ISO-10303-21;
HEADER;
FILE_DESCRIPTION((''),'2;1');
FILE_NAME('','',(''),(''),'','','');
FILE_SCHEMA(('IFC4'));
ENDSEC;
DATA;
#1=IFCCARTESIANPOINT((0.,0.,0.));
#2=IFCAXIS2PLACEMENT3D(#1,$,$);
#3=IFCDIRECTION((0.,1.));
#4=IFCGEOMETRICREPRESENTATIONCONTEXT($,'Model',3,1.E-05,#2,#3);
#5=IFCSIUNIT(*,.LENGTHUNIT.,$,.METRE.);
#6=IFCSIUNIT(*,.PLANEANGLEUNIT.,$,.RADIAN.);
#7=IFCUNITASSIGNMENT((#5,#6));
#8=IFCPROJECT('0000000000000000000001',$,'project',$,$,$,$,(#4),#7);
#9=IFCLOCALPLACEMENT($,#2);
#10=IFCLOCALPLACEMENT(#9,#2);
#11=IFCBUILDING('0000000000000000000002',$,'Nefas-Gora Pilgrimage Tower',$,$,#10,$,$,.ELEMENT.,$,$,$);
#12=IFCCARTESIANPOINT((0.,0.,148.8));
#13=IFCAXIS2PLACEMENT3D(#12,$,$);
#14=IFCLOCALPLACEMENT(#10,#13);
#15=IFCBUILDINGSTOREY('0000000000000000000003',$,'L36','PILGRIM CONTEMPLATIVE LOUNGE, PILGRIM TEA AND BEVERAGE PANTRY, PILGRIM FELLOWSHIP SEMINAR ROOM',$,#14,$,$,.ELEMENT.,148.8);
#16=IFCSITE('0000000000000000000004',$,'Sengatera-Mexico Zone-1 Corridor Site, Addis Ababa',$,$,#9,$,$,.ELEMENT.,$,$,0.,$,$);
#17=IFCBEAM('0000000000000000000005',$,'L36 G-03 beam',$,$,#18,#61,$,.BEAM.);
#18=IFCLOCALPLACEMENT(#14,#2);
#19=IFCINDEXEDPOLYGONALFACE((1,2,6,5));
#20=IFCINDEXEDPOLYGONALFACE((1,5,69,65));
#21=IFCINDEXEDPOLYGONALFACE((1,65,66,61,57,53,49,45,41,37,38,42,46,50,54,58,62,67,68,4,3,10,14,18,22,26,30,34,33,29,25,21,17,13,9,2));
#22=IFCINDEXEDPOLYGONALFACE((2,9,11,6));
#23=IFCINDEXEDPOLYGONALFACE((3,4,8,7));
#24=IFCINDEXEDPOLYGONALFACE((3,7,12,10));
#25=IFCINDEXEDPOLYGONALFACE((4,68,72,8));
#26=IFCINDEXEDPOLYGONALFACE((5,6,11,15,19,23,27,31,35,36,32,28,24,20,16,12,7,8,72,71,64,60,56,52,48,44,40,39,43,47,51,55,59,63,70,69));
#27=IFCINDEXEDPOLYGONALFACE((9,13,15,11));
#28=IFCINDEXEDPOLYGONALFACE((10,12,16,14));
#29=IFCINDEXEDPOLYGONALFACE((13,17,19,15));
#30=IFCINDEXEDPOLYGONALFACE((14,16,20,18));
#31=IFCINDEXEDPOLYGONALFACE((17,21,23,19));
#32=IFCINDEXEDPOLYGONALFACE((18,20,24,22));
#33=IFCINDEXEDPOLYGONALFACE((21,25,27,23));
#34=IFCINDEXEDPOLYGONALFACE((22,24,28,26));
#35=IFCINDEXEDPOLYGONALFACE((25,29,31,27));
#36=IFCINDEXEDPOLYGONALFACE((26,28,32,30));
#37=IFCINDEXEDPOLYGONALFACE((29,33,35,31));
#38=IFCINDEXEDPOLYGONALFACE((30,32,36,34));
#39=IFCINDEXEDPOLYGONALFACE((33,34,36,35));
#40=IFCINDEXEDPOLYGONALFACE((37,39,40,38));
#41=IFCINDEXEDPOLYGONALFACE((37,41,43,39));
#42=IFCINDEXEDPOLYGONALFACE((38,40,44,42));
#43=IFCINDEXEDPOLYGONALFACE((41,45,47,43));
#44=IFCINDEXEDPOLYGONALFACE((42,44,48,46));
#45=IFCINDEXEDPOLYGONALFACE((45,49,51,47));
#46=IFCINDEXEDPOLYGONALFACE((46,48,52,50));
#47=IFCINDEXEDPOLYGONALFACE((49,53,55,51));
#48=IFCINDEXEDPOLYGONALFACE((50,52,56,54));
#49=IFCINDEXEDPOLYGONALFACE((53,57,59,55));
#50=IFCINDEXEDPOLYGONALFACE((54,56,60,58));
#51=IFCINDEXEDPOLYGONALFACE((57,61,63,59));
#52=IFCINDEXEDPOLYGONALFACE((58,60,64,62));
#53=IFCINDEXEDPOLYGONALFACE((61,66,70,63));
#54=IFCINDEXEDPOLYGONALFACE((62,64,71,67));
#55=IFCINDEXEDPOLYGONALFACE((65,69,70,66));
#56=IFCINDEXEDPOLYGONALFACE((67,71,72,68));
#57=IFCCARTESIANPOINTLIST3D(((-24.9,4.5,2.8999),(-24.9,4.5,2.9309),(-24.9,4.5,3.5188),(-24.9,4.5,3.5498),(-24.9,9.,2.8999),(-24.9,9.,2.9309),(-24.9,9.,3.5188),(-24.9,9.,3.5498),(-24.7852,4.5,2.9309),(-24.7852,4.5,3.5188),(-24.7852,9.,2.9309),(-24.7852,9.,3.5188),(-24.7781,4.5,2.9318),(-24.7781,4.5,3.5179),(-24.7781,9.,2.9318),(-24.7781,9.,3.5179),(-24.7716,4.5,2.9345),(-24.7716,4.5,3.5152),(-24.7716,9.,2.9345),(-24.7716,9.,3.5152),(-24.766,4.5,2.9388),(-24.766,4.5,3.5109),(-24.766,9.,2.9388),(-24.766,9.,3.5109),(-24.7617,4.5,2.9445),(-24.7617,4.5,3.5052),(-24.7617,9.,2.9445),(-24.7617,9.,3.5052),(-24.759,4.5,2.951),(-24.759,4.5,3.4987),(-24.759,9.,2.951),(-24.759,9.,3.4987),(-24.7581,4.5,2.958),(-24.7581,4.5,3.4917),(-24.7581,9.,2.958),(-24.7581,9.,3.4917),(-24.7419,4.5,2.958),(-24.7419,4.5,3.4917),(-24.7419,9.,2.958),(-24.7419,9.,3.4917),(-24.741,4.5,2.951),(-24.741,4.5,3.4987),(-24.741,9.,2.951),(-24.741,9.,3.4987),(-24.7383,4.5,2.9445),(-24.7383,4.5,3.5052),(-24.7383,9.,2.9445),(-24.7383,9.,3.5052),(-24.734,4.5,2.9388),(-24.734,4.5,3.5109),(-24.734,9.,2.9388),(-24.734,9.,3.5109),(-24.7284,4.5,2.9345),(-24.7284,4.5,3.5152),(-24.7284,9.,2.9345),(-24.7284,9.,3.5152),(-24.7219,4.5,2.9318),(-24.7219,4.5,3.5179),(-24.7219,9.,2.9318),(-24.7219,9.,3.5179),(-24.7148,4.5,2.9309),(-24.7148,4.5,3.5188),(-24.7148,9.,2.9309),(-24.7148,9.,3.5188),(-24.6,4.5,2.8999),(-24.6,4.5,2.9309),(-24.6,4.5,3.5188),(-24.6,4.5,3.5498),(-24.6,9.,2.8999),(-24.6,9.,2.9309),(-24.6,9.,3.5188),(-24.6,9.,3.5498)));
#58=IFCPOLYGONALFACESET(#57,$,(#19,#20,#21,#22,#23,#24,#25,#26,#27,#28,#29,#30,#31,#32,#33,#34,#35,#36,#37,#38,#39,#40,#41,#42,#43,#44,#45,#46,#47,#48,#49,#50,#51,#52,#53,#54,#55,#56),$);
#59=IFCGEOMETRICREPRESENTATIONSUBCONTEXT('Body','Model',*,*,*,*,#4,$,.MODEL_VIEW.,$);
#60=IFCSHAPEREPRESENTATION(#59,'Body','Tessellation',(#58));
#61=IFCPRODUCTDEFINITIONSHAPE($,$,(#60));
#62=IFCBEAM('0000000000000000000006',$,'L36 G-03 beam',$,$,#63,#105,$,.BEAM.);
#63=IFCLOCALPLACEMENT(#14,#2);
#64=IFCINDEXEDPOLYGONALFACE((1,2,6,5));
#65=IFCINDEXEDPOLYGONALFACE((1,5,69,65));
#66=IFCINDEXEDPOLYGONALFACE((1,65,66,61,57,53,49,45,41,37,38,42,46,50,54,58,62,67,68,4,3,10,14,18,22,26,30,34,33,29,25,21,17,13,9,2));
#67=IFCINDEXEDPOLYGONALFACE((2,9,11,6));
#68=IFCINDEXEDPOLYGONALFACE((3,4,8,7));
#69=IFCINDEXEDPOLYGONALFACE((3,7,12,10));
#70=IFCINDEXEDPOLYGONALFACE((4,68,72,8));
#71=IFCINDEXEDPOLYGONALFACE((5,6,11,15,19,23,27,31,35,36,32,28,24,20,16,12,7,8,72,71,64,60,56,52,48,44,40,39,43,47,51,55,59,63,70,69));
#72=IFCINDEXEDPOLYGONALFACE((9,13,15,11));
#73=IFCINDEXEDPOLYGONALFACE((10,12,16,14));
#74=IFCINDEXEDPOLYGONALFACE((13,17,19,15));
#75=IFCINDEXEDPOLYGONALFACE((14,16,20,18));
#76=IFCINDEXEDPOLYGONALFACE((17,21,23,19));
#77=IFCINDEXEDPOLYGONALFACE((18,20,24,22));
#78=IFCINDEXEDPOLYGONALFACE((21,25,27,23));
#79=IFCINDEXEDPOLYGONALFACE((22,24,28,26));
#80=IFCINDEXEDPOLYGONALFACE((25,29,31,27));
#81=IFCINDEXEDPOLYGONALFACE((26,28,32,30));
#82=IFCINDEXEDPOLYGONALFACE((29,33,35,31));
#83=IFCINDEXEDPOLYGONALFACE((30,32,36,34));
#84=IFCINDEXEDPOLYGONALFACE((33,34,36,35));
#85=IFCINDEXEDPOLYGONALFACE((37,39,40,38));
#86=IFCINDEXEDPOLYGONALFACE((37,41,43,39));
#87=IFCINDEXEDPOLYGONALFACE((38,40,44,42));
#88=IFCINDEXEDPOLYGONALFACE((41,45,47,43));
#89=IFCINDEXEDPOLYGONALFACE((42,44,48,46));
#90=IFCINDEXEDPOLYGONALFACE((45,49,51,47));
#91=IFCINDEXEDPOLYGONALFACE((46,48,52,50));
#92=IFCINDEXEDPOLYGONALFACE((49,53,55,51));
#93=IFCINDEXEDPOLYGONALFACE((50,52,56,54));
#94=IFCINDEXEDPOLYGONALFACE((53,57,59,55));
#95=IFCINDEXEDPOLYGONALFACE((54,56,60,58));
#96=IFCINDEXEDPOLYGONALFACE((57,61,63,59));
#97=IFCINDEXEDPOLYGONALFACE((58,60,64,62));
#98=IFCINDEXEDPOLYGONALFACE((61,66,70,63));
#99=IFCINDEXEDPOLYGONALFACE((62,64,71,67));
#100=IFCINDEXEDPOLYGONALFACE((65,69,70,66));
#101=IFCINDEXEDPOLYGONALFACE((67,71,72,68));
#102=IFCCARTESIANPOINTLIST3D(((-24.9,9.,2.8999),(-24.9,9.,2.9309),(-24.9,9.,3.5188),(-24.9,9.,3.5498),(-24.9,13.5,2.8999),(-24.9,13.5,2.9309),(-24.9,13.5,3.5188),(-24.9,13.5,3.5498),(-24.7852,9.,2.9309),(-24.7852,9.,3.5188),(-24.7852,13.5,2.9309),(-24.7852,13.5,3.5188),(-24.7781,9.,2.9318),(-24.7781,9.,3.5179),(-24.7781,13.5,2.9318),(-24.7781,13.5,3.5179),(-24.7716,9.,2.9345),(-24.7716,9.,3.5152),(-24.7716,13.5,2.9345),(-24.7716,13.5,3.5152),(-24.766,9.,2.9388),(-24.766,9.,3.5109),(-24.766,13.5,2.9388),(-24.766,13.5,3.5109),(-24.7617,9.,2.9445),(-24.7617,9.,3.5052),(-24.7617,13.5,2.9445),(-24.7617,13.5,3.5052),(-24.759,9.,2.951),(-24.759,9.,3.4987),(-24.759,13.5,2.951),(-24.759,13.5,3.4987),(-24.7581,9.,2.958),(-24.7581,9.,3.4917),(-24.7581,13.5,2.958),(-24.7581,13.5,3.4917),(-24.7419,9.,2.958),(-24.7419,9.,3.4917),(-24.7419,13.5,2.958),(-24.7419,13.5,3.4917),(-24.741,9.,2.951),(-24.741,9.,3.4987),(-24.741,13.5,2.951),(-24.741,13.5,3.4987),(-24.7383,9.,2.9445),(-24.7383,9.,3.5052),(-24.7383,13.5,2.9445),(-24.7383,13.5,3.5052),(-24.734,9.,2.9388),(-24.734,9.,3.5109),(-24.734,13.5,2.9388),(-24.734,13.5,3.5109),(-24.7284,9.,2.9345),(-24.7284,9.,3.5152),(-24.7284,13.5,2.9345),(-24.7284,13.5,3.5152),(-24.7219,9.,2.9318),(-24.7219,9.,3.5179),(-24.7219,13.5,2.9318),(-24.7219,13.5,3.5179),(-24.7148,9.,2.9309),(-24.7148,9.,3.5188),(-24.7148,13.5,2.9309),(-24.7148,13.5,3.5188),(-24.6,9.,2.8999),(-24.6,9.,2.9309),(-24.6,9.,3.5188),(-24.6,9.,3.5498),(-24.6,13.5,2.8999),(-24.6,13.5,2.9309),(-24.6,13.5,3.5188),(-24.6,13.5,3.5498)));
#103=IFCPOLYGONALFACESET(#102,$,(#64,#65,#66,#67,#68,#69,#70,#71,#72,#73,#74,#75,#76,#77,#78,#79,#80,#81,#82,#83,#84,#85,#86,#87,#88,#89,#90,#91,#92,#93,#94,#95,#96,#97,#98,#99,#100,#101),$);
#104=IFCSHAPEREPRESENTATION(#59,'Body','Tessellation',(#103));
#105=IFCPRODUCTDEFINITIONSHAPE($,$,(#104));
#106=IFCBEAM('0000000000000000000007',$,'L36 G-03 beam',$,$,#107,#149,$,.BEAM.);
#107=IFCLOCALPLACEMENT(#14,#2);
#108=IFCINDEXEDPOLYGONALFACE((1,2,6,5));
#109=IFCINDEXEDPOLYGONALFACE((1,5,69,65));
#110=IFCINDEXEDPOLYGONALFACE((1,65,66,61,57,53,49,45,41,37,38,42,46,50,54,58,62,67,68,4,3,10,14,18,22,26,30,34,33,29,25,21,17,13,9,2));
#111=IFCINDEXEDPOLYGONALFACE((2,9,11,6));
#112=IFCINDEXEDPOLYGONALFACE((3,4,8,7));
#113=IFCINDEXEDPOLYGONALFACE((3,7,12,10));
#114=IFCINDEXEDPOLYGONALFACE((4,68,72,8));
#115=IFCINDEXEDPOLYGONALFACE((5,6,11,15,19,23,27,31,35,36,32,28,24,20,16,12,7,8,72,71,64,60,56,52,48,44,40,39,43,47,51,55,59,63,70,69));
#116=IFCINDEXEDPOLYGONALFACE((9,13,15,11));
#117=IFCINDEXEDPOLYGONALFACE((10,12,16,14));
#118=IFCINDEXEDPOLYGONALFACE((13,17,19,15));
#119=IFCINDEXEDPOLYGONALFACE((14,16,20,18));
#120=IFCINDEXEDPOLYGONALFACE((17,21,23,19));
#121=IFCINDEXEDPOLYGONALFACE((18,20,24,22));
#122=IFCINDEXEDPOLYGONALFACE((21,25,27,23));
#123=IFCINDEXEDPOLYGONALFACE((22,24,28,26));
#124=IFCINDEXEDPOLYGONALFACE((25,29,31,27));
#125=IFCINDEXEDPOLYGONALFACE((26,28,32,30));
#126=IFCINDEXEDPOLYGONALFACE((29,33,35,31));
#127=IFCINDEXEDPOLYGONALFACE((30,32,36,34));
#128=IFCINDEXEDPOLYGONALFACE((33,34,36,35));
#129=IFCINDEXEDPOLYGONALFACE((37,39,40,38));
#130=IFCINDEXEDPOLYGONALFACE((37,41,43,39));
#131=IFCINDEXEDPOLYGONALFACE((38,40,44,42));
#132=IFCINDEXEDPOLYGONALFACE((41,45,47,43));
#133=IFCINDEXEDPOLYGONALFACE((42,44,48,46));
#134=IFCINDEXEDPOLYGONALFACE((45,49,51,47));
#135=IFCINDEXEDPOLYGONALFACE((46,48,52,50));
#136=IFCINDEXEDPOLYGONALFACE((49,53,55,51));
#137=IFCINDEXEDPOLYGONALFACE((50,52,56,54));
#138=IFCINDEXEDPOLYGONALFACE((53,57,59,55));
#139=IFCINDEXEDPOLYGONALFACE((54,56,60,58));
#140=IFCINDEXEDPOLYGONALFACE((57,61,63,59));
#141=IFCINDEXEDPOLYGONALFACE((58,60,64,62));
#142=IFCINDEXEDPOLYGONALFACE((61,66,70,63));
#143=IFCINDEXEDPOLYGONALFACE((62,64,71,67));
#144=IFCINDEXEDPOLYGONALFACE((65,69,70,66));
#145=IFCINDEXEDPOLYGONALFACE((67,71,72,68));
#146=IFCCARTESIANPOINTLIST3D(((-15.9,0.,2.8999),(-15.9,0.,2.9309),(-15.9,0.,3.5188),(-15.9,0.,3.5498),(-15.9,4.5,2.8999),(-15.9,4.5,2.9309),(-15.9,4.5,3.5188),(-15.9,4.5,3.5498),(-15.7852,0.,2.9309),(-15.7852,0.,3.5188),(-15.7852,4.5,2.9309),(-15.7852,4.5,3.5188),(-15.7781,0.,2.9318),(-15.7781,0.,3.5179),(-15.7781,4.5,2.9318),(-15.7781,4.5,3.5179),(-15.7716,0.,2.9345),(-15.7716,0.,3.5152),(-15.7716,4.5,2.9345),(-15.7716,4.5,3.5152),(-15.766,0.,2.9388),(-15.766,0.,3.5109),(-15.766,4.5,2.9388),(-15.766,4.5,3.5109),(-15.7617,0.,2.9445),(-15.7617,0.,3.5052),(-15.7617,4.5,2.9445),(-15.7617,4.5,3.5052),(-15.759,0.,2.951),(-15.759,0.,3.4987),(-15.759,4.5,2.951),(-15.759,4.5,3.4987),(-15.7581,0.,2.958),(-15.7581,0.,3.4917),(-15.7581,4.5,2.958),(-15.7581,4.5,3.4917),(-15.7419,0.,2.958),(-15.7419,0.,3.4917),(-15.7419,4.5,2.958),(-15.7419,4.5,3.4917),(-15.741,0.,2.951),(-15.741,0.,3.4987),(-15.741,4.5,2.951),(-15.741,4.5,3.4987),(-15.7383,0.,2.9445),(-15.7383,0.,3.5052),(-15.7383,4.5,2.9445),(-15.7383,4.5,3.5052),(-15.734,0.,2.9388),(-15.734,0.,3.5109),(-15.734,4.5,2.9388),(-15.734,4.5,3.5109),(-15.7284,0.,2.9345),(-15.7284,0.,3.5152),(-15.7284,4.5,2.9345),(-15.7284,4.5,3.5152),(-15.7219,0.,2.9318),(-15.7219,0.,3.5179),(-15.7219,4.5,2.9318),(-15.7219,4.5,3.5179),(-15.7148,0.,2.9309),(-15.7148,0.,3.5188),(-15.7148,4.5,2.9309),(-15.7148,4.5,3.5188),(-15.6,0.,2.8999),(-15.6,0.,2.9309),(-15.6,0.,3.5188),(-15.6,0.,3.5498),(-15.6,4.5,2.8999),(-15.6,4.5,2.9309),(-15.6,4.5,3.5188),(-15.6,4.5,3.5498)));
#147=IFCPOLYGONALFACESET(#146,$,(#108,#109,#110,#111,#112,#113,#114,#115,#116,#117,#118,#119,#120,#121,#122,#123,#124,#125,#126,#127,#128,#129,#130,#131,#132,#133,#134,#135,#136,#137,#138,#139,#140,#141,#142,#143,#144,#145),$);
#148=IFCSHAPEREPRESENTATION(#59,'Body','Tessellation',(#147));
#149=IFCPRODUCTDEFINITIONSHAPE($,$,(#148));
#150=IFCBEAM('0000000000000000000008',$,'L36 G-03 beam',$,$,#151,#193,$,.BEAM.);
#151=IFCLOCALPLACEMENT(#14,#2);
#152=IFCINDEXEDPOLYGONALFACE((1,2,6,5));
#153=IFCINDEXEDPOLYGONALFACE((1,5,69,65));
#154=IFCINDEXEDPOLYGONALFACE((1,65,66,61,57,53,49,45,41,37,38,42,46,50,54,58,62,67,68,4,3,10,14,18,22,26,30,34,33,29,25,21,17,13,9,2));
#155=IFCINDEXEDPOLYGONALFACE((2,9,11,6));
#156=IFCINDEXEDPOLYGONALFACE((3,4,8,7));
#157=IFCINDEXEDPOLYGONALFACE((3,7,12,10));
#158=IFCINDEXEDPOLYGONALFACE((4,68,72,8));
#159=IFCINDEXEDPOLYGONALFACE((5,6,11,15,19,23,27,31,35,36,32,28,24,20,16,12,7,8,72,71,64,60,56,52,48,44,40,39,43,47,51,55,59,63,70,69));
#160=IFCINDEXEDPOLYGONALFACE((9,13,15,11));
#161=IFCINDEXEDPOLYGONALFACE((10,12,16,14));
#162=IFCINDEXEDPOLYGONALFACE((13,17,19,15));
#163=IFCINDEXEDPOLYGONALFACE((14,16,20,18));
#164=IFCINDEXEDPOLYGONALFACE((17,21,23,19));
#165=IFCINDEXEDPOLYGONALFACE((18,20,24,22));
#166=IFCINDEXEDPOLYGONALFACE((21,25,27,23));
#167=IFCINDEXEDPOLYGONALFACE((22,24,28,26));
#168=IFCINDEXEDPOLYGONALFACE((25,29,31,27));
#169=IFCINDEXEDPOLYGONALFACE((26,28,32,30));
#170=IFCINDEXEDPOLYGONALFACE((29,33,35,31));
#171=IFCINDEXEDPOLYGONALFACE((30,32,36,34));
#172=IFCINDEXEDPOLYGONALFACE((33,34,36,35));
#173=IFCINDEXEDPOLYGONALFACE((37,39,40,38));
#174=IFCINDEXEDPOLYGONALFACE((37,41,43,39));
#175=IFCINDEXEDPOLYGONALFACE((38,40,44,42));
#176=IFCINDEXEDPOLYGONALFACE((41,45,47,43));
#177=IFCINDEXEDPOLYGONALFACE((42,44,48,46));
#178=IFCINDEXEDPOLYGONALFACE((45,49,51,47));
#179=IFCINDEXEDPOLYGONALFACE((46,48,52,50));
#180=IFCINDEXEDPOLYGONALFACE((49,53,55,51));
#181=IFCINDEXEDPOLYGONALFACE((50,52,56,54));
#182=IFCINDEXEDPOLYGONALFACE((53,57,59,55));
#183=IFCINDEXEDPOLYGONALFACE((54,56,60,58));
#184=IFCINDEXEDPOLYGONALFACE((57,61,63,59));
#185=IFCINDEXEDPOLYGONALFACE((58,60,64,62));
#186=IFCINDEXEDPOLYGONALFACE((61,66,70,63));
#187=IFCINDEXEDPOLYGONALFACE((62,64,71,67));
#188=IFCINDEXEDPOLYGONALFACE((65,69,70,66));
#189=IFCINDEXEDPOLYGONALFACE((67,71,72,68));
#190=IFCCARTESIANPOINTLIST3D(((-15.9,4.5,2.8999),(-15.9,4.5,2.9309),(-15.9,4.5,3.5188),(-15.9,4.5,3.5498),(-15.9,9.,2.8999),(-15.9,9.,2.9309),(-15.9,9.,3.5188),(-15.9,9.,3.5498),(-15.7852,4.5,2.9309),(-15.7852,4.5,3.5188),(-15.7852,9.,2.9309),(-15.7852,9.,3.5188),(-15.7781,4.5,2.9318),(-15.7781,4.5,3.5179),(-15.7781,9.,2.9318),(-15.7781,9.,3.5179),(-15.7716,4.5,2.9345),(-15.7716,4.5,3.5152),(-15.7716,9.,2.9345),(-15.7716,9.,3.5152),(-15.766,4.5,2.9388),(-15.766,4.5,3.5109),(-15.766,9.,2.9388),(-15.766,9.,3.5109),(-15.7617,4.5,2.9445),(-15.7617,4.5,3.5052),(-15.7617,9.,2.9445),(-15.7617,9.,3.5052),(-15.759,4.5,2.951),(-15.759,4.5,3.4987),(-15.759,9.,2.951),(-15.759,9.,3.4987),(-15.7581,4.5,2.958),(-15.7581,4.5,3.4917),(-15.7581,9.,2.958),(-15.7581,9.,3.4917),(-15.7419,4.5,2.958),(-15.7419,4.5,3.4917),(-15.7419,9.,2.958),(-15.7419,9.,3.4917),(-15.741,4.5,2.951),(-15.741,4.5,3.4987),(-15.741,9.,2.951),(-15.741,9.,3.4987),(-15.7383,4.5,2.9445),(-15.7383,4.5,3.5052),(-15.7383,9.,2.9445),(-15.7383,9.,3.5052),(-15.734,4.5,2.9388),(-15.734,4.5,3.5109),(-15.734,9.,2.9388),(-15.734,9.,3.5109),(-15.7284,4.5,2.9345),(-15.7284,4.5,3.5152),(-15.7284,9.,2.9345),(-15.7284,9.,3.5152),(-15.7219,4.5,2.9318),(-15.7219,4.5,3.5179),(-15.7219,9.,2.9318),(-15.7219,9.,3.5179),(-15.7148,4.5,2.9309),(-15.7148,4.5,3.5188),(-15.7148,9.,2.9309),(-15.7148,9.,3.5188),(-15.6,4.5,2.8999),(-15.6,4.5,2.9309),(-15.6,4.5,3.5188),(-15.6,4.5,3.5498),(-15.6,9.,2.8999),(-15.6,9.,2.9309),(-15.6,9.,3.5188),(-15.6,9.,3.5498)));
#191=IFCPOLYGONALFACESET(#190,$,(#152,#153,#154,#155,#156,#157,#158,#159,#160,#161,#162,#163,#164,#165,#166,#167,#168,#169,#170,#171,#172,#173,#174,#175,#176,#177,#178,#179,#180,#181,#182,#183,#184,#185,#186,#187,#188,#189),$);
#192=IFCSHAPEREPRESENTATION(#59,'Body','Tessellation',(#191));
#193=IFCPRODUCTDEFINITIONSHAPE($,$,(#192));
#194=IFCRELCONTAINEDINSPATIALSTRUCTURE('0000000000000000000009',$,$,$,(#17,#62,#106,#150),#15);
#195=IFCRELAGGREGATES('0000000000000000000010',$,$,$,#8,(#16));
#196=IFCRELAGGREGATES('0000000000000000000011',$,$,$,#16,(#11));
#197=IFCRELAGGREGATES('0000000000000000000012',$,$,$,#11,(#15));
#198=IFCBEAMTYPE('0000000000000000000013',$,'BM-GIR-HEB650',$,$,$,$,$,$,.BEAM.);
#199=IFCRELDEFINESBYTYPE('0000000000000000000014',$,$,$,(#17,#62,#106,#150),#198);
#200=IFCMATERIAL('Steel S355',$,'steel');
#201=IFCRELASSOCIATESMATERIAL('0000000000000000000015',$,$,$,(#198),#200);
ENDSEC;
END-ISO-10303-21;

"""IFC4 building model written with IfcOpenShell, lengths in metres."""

from ifc_helpers import new_model, si_unit, direction, frame, origin, origin_2d, place, context, subcontext, project, spatial, i_section, extrude, source, transform, mapped, material, material_profile, profile_set, type_object, element, save


model = new_model("IFC4")

# Units and contexts
model_context = context("Model", 3, precision=1e-05, world=origin(), true_north=direction((0.0, 1.0)))
body_context = subcontext(model_context, "Body", "Model", "MODEL_VIEW")
ifc_project = project(units=[si_unit("LENGTHUNIT", "METRE"), si_unit("PLANEANGLEUNIT", "RADIAN")], contexts=[model_context])

# Site, building, storey
site_placement = place(None, origin())
site = spatial("IfcSite", under=ifc_project, at=site_placement, Name="Sengatera-Mexico Zone-1 Corridor Site, Addis Ababa", CompositionType="ELEMENT", RefElevation=0.0)
building_placement = place(site_placement, origin())
building = spatial("IfcBuilding", under=site, at=building_placement, Name="Nefas-Gora Pilgrimage Tower", CompositionType="ELEMENT")
storey_placement = place(building_placement, frame((0.0, 0.0, 148.8)))
storey = spatial("IfcBuildingStorey", under=building, at=storey_placement, Name="L36", Description="PILGRIM CONTEMPLATIVE LOUNGE, PILGRIM TEA AND BEVERAGE PANTRY, PILGRIM FELLOWSHIP SEMINAR ROOM", CompositionType="ELEMENT", Elevation=148.8)

# Beams
ifc_material_1 = material(Name="Steel S355", Category="steel")
ifc_material_profile_1 = material_profile(ifc_material_1, i_section(OverallWidth=0.3, OverallDepth=0.6499, WebThickness=0.0161, FlangeThickness=0.031, FilletRadius=0.0271, at=origin_2d()), Name="HEB 650")
ifc_profile_set_1 = profile_set([ifc_material_profile_1], Name="Steel S355")
beam_type_1 = type_object("IfcBeamType", Name="BM-GIR-HEB650", PredefinedType="BEAM", material=ifc_profile_set_1)
shared_shape_1 = source(origin(), body_context, "Body", "SweptSolid", [
    extrude(i_section(OverallWidth=0.3, OverallDepth=0.6499, WebThickness=0.0161, FlangeThickness=0.031, FilletRadius=0.0271, at=origin_2d()), origin(), (0.0, 0.0, 1.0), 4.5),
])
for number, where, z_axis, x_axis, name in (
    (1, (-24.75, 4.5, 3.2249), (0.0, 1.0, 0.0), (-1.0, 0.0, 0.0), "L36 G-03 beam"),
    (2, (-24.75, 9.0, 3.2249), (0.0, 1.0, 0.0), (-1.0, 0.0, 0.0), "L36 G-03 beam"),
    (3, (-15.75, 0.0, 3.2249), (0.0, 1.0, 0.0), (-1.0, 0.0, 0.0), "L36 G-03 beam"),
    (4, (-15.75, 4.5, 3.2249), (0.0, 1.0, 0.0), (-1.0, 0.0, 0.0), "L36 G-03 beam"),
):
    element("IfcBeam", number, at=place(storey_placement, frame(where, z_axis=z_axis, x_axis=x_axis)), inside=storey, type_object=beam_type_1, Name=name, PredefinedType="BEAM", context=body_context, shape_type="MappedRepresentation", body=[
        mapped(shared_shape_1, transform((0.0, 0.0, 0.0), x_axis=(1.0, 0.0, 0.0), y_axis=(0.0, 1.0, 0.0), z_axis=(0.0, 0.0, 1.0), scale=1.0)),
    ])

save(model, "model.ifc")
